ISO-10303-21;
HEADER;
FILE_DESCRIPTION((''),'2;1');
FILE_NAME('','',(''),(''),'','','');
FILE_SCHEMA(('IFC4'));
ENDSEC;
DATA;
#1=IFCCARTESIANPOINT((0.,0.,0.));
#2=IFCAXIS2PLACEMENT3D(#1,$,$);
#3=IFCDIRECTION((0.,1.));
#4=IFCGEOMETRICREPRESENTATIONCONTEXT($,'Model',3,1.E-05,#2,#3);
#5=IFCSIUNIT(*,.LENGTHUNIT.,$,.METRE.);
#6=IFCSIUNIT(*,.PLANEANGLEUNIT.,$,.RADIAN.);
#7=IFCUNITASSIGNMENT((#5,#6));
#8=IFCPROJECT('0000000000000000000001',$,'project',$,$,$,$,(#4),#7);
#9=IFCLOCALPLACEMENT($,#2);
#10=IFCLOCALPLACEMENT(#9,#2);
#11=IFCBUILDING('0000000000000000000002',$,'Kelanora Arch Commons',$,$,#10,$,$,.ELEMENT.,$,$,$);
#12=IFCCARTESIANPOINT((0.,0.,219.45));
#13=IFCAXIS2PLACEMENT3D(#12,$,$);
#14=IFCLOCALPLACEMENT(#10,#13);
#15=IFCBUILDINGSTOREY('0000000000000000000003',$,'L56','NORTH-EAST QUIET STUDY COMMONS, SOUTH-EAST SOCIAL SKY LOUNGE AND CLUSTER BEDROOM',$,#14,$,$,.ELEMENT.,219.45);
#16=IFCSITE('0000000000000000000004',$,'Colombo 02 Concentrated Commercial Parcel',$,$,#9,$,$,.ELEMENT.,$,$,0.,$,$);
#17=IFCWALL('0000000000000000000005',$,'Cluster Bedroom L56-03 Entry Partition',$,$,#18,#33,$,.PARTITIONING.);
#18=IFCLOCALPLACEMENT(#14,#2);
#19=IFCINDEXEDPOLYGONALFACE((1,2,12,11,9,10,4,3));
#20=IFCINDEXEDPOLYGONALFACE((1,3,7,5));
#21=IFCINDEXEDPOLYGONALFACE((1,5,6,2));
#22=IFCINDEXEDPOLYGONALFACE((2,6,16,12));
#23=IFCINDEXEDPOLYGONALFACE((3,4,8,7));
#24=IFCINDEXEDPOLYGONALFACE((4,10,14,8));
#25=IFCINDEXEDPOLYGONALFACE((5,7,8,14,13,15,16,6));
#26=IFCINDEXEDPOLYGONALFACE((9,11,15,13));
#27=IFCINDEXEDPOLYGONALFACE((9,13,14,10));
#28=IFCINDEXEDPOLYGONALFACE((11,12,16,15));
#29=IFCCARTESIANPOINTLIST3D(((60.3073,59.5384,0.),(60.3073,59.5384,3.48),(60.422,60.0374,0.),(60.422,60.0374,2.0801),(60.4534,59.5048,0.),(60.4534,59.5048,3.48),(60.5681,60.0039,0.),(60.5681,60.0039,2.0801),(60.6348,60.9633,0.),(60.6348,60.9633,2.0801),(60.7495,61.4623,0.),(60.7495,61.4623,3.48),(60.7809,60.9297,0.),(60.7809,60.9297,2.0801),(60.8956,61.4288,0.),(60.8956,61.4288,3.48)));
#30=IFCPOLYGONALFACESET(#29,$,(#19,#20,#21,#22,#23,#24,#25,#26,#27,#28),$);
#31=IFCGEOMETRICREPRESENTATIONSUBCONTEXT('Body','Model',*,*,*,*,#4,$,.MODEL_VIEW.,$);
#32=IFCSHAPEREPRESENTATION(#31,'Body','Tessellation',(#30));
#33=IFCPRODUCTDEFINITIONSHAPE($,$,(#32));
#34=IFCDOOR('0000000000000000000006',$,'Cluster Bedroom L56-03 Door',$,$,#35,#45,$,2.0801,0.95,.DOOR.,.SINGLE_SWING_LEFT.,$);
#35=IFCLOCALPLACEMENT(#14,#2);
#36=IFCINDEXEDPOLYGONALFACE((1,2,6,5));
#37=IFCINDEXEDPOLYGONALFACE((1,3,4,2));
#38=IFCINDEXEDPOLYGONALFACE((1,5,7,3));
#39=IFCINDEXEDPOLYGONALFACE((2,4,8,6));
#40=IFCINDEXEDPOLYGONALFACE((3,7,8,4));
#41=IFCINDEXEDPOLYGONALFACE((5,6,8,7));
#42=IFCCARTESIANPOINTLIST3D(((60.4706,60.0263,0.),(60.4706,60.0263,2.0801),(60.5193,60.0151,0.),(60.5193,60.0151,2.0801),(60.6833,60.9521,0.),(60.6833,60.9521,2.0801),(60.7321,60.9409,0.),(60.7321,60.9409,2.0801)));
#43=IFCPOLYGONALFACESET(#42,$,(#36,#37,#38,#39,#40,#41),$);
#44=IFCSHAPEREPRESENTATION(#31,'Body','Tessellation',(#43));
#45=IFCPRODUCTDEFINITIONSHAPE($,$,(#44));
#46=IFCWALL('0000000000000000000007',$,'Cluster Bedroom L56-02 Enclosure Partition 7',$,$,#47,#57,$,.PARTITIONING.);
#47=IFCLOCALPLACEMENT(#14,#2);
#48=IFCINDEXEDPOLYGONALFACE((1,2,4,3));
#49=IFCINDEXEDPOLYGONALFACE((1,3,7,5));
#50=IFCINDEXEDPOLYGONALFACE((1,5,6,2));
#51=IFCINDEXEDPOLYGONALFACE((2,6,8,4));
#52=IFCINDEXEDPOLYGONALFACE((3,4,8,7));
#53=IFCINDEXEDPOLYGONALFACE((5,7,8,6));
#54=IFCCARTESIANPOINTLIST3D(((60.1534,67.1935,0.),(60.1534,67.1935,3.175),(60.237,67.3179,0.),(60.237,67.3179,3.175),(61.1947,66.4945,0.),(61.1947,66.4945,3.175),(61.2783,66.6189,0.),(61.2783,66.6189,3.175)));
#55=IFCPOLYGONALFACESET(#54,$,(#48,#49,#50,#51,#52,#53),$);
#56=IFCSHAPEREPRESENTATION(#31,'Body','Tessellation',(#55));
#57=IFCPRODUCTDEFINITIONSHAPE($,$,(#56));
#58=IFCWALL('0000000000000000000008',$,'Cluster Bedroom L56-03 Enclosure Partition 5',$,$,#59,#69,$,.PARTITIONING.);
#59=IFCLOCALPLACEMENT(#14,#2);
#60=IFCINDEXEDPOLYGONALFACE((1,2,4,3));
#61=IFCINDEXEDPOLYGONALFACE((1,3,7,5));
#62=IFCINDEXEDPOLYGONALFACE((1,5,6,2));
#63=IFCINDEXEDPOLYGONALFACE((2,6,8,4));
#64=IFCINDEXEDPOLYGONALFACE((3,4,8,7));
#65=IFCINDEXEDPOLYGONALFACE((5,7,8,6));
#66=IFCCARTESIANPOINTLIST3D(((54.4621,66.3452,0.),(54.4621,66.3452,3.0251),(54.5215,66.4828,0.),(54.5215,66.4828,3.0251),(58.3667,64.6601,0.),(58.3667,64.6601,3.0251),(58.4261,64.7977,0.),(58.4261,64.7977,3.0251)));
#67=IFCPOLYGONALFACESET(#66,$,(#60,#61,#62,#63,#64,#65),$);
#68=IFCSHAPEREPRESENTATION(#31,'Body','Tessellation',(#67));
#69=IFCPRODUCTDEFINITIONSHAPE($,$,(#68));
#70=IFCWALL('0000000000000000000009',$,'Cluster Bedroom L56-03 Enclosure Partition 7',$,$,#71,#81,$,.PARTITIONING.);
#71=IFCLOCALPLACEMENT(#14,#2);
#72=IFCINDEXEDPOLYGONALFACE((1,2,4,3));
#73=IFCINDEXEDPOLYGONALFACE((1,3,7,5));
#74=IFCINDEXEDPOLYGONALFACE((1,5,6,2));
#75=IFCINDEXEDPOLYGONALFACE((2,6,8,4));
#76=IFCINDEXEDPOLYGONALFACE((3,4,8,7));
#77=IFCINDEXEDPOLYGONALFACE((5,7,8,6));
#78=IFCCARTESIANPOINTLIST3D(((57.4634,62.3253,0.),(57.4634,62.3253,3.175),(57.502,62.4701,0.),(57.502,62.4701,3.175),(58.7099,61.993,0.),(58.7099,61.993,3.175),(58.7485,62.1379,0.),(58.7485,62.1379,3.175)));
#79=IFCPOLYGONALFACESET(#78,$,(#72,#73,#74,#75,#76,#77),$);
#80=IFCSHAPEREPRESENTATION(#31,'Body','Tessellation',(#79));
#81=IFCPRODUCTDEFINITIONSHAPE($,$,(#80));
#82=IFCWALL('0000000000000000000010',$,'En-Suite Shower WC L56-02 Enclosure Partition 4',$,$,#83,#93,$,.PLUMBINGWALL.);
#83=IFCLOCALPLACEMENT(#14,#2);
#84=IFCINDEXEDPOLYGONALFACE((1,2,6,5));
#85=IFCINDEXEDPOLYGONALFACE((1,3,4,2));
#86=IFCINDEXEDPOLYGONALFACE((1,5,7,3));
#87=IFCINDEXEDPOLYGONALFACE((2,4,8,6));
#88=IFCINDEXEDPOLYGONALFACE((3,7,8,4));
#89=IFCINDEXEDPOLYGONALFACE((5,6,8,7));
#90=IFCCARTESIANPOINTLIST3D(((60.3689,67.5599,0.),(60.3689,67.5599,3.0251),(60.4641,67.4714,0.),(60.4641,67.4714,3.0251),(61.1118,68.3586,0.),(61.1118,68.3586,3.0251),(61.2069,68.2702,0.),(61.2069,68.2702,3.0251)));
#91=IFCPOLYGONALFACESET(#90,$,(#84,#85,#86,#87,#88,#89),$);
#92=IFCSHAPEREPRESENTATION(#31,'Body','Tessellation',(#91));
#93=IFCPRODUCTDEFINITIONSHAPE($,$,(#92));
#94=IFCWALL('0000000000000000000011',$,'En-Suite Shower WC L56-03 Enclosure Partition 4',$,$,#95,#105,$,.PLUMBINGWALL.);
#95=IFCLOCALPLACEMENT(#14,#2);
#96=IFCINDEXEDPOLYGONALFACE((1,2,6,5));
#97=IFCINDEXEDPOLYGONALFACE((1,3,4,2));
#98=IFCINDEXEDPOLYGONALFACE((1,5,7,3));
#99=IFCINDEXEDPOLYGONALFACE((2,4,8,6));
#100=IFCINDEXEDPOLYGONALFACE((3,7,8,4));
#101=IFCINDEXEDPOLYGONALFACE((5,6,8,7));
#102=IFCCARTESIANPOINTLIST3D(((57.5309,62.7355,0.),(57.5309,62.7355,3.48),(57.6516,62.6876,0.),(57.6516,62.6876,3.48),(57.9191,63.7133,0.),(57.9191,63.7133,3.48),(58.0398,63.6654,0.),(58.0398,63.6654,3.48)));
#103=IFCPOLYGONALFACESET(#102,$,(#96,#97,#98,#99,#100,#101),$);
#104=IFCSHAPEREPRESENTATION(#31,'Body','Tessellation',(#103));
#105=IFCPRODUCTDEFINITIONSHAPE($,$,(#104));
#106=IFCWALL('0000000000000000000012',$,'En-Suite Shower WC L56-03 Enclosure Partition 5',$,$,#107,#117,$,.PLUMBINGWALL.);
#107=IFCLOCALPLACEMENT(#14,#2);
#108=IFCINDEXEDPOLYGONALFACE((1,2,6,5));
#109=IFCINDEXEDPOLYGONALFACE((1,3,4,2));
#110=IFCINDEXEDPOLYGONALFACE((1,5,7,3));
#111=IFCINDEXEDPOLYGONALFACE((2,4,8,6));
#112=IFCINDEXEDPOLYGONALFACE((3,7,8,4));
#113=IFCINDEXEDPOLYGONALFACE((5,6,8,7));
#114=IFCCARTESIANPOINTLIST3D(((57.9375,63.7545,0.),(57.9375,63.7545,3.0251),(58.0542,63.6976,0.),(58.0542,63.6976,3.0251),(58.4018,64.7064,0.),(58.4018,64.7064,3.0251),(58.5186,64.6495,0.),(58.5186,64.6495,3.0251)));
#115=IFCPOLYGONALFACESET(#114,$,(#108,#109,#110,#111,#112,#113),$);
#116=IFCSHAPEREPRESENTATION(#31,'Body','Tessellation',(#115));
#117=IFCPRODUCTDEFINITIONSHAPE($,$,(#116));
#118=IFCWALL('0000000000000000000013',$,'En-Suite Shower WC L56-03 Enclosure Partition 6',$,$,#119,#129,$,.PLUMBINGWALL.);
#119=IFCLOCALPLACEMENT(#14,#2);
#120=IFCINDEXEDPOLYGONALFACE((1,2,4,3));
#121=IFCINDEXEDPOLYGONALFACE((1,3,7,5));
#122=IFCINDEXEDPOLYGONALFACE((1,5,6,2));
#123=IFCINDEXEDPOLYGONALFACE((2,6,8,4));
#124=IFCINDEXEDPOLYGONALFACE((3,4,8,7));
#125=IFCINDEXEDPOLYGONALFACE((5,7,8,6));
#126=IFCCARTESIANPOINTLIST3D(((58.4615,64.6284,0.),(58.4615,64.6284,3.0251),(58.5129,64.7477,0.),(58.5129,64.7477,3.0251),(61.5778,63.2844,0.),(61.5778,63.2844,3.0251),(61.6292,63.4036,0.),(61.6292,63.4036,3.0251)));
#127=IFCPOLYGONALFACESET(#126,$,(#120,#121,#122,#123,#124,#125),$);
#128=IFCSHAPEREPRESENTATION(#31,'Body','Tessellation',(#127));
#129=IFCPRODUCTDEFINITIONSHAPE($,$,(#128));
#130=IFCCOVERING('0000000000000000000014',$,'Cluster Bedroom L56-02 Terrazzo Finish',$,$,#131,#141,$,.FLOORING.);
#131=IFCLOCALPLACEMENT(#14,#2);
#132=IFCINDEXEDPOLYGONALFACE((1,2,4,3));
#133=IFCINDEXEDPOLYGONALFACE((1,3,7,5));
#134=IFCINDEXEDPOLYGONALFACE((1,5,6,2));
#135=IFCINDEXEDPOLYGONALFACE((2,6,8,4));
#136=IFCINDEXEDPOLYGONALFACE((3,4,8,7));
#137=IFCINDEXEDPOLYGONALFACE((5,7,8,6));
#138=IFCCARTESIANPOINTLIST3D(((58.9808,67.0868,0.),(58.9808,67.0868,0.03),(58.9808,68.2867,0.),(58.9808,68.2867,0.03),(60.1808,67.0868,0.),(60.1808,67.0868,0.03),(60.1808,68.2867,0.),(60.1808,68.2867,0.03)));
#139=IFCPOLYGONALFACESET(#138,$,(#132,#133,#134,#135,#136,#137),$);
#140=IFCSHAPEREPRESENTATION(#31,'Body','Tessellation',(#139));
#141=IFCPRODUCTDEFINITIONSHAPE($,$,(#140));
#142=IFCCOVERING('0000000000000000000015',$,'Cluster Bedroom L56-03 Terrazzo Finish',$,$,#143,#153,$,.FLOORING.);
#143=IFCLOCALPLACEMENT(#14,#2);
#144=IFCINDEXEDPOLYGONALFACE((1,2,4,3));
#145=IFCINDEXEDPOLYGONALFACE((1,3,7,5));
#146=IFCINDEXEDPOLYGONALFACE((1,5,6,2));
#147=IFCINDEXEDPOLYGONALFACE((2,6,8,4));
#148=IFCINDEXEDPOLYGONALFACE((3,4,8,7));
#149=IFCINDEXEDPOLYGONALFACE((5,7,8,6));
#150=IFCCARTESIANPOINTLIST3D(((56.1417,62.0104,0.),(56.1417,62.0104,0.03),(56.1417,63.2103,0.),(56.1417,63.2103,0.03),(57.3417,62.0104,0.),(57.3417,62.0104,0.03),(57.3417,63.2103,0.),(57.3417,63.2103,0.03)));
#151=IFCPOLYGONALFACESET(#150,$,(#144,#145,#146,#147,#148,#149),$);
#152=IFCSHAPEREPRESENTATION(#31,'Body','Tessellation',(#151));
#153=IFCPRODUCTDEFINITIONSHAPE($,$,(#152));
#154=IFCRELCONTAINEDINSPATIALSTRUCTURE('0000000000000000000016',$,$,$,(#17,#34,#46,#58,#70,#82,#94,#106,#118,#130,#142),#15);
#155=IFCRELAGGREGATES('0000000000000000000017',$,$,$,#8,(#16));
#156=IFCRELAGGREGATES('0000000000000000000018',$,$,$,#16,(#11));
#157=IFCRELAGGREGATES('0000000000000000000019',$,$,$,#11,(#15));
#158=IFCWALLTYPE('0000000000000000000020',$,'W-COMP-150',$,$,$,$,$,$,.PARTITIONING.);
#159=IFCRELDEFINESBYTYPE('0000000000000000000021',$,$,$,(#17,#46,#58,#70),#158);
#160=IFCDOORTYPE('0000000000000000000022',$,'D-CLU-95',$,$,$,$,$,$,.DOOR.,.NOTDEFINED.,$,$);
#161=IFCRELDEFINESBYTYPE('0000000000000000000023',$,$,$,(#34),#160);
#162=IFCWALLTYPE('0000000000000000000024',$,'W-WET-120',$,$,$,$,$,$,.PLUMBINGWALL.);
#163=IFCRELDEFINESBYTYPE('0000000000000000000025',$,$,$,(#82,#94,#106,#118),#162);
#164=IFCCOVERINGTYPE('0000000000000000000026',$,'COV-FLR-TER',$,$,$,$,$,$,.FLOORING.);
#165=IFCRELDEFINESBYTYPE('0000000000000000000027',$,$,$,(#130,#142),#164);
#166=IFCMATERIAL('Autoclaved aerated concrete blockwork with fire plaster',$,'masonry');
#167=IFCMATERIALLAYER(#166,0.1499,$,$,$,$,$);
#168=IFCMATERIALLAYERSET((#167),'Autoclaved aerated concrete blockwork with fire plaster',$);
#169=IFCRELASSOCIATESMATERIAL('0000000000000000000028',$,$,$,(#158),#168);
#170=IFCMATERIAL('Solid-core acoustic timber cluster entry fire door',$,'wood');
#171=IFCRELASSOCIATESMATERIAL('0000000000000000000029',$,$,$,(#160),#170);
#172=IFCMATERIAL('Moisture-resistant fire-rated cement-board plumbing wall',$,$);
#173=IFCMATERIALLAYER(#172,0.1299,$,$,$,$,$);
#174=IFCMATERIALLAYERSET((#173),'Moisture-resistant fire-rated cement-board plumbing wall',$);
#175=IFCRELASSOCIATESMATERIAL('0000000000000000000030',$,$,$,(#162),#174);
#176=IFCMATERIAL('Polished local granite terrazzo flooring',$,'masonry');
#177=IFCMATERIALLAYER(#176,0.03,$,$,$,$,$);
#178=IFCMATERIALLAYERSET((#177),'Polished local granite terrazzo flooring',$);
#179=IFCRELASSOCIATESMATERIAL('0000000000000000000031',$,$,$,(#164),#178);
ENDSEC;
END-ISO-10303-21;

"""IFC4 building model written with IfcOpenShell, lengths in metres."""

from ifc_helpers import new_model, si_unit, direction, frame, frame_2d, origin, origin_2d, place, context, subcontext, project, spatial, rectangle, extrude, source, transform, mapped, material, layer, layer_set, type_object, element, fill, save


model = new_model("IFC4")

# Units and contexts
model_context = context("Model", 3, precision=1e-05, world=origin(), true_north=direction((0.0, 1.0)))
body_context = subcontext(model_context, "Body", "Model", "MODEL_VIEW")
ifc_project = project(units=[si_unit("LENGTHUNIT", "METRE"), si_unit("PLANEANGLEUNIT", "RADIAN")], contexts=[model_context])

# Site, building, storey
site_placement = place(None, origin())
site = spatial("IfcSite", under=ifc_project, at=site_placement, Name="Colombo 02 Concentrated Commercial Parcel", CompositionType="ELEMENT", RefElevation=0.0)
building_placement = place(site_placement, origin())
building = spatial("IfcBuilding", under=site, at=building_placement, Name="Kelanora Arch Commons", CompositionType="ELEMENT")
storey_placement = place(building_placement, frame((0.0, 0.0, 219.45)))
storey = spatial("IfcBuildingStorey", under=building, at=storey_placement, Name="L56", Description="NORTH-EAST QUIET STUDY COMMONS, SOUTH-EAST SOCIAL SKY LOUNGE AND CLUSTER BEDROOM", CompositionType="ELEMENT", Elevation=219.45)

# Wall, opening, door
ifc_material_1 = material(Name="Autoclaved aerated concrete blockwork with fire plaster", Category="masonry")
ifc_layer_1 = layer(ifc_material_1, 0.1499)
ifc_layer_set_1 = layer_set([ifc_layer_1], Name="Autoclaved aerated concrete blockwork with fire plaster")
wall_type_1 = type_object("IfcWallType", Name="W-COMP-150", PredefinedType="PARTITIONING", material=ifc_layer_set_1)
wall_1_placement = place(storey_placement, frame((60.8225, 61.4456, 0.0), z_axis=(0.0, 0.0, 1.0), x_axis=(-0.223956, -0.974599, 0.0)))
wall_1 = element("IfcWall", 1, at=wall_1_placement, inside=storey, type_object=wall_type_1, Name="Cluster Bedroom L56-03 Entry Partition", PredefinedType="PARTITIONING", context=body_context, shape_type="SweptSolid", body=[
    extrude(rectangle(XDim=1.9741, YDim=0.1499, at=frame_2d((0.9871, 0.0))), origin(), (0.0, 0.0, 1.0), 3.48),
])
opening_placement = place(wall_1_placement, frame((0.512, 0.0, 0.0)))
opening = element("IfcOpeningElement", 2, at=opening_placement, cuts=wall_1, PredefinedType="OPENING", context=body_context, shape_type="SweptSolid", body=[
    extrude(rectangle(XDim=0.95, YDim=2.0801, at=frame_2d((0.4751, 1.04))), frame((0.0, 0.085, 0.0), z_axis=(0.0, -1.0, 0.0), x_axis=(1.0, 0.0, 0.0)), (0.0, 0.0, 1.0), 0.1699),
])
ifc_material_2 = material(Name="Solid-core acoustic timber cluster entry fire door", Category="wood")
door_type = type_object("IfcDoorType", Name="D-CLU-95", OperationType="NOTDEFINED", PredefinedType="DOOR", material=ifc_material_2)
door_placement = place(opening_placement, origin())
door = element("IfcDoor", 3, at=door_placement, inside=storey, type_object=door_type, Name="Cluster Bedroom L56-03 Door", OperationType="SINGLE_SWING_LEFT", OverallHeight=2.0801, OverallWidth=0.95, PredefinedType="DOOR", context=body_context, shape_type="SweptSolid", body=[
    extrude(rectangle(XDim=0.95, YDim=2.0801, at=frame_2d((0.4751, 1.04))), frame((0.0, 0.0249, 0.0), z_axis=(0.0, -1.0, 0.0), x_axis=(1.0, 0.0, 0.0)), (0.0, 0.0, 1.0), 0.05),
])
fill(opening, door)

# Walls
wall_2_placement = place(storey_placement, frame((60.1953, 67.2556, 0.0), z_axis=(0.0, 0.0, 1.0), x_axis=(0.830279, -0.557348, 0.0)))
element("IfcWall", 4, at=wall_2_placement, inside=storey, type_object=wall_type_1, Name="Cluster Bedroom L56-02 Enclosure Partition 7", PredefinedType="PARTITIONING", context=body_context, shape_type="SweptSolid", body=[
    extrude(rectangle(XDim=1.2542, YDim=0.1499, at=frame_2d((0.627, 0.0))), origin(), (0.0, 0.0, 1.0), 3.175),
])
wall_3_placement = place(storey_placement, frame((54.4917, 66.4141, 0.0), z_axis=(0.0, 0.0, 1.0), x_axis=(0.918147, -0.396239, 0.0)))
element("IfcWall", 5, at=wall_3_placement, inside=storey, type_object=wall_type_1, Name="Cluster Bedroom L56-03 Enclosure Partition 5", PredefinedType="PARTITIONING", context=body_context, shape_type="SweptSolid", body=[
    extrude(rectangle(XDim=4.2527, YDim=0.1499, at=frame_2d((2.1265, 0.0))), origin(), (0.0, 0.0, 1.0), 3.0251),
])
wall_4_placement = place(storey_placement, frame((57.4827, 62.3977, 0.0), z_axis=(0.0, 0.0, 1.0), x_axis=(0.966263, -0.257557, 0.0)))
element("IfcWall", 6, at=wall_4_placement, inside=storey, type_object=wall_type_1, Name="Cluster Bedroom L56-03 Enclosure Partition 7", PredefinedType="PARTITIONING", context=body_context, shape_type="SweptSolid", body=[
    extrude(rectangle(XDim=1.29, YDim=0.1499, at=frame_2d((0.645, 0.0))), origin(), (0.0, 0.0, 1.0), 3.175),
])
ifc_material_3 = material(Name="Moisture-resistant fire-rated cement-board plumbing wall")
ifc_layer_2 = layer(ifc_material_3, 0.1299)
ifc_layer_set_2 = layer_set([ifc_layer_2], Name="Moisture-resistant fire-rated cement-board plumbing wall")
wall_type_2 = type_object("IfcWallType", Name="W-WET-120", PredefinedType="PLUMBINGWALL", material=ifc_layer_set_2)
wall_5_placement = place(storey_placement, frame((60.4165, 67.5156, 0.0), z_axis=(0.0, 0.0, 1.0), x_axis=(0.681017, 0.732267, 0.0)))
element("IfcWall", 7, at=wall_5_placement, inside=storey, type_object=wall_type_2, Name="En-Suite Shower WC L56-02 Enclosure Partition 4", PredefinedType="PLUMBINGWALL", context=body_context, shape_type="SweptSolid", body=[
    extrude(rectangle(XDim=1.0908, YDim=0.1299, at=frame_2d((0.5454, 0.0))), origin(), (0.0, 0.0, 1.0), 3.0251),
])
wall_6_placement = place(storey_placement, frame((57.5913, 62.7117, 0.0), z_axis=(0.0, 0.0, 1.0), x_axis=(0.368989, 0.929434, 0.0)))
element("IfcWall", 8, at=wall_6_placement, inside=storey, type_object=wall_type_2, Name="En-Suite Shower WC L56-03 Enclosure Partition 4", PredefinedType="PLUMBINGWALL", context=body_context, shape_type="SweptSolid", body=[
    extrude(rectangle(XDim=1.052, YDim=0.1299, at=frame_2d((0.5259, 0.0))), origin(), (0.0, 0.0, 1.0), 3.48),
])
wall_7_placement = place(storey_placement, frame((57.9958, 63.7261, 0.0), z_axis=(0.0, 0.0, 1.0), x_axis=(0.438433, 0.898764, 0.0)))
element("IfcWall", 9, at=wall_7_placement, inside=storey, type_object=wall_type_2, Name="En-Suite Shower WC L56-03 Enclosure Partition 5", PredefinedType="PLUMBINGWALL", context=body_context, shape_type="SweptSolid", body=[
    extrude(rectangle(XDim=1.0591, YDim=0.1299, at=frame_2d((0.5295, 0.0))), origin(), (0.0, 0.0, 1.0), 3.0251),
])
wall_8_placement = place(storey_placement, frame((58.4873, 64.688, 0.0), z_axis=(0.0, 0.0, 1.0), x_axis=(0.918238, -0.396028, 0.0)))
element("IfcWall", 10, at=wall_8_placement, inside=storey, type_object=wall_type_2, Name="En-Suite Shower WC L56-03 Enclosure Partition 6", PredefinedType="PLUMBINGWALL", context=body_context, shape_type="SweptSolid", body=[
    extrude(rectangle(XDim=3.3938, YDim=0.1299, at=frame_2d((1.6968, 0.0))), origin(), (0.0, 0.0, 1.0), 3.0251),
])

# Coverings
ifc_material_4 = material(Name="Polished local granite terrazzo flooring", Category="masonry")
ifc_layer_3 = layer(ifc_material_4, 0.03)
ifc_layer_set_3 = layer_set([ifc_layer_3], Name="Polished local granite terrazzo flooring")
covering_type = type_object("IfcCoveringType", Name="COV-FLR-TER", PredefinedType="FLOORING", material=ifc_layer_set_3)
shared_shape_1 = source(origin(), body_context, "Body", "SweptSolid", [
    extrude(rectangle(XDim=1.2, YDim=1.2, at=origin_2d()), origin(), (0.0, 0.0, 1.0), 0.03),
])
for number, where, z_axis, x_axis, name in (
    (11, (59.5808, 67.6868, 0.0), (0.0, 0.0, 1.0), (1.0, 0.0, 0.0), "Cluster Bedroom L56-02 Terrazzo Finish"),
    (12, (56.7417, 62.6104, 0.0), (0.0, 0.0, 1.0), (1.0, 0.0, 0.0), "Cluster Bedroom L56-03 Terrazzo Finish"),
):
    element("IfcCovering", number, at=place(storey_placement, frame(where, z_axis=z_axis, x_axis=x_axis)), inside=storey, type_object=covering_type, Name=name, PredefinedType="FLOORING", context=body_context, shape_type="MappedRepresentation", body=[
        mapped(shared_shape_1, transform((0.0, 0.0, 0.0), scale=1.0)),
    ])

save(model, "model.ifc")
